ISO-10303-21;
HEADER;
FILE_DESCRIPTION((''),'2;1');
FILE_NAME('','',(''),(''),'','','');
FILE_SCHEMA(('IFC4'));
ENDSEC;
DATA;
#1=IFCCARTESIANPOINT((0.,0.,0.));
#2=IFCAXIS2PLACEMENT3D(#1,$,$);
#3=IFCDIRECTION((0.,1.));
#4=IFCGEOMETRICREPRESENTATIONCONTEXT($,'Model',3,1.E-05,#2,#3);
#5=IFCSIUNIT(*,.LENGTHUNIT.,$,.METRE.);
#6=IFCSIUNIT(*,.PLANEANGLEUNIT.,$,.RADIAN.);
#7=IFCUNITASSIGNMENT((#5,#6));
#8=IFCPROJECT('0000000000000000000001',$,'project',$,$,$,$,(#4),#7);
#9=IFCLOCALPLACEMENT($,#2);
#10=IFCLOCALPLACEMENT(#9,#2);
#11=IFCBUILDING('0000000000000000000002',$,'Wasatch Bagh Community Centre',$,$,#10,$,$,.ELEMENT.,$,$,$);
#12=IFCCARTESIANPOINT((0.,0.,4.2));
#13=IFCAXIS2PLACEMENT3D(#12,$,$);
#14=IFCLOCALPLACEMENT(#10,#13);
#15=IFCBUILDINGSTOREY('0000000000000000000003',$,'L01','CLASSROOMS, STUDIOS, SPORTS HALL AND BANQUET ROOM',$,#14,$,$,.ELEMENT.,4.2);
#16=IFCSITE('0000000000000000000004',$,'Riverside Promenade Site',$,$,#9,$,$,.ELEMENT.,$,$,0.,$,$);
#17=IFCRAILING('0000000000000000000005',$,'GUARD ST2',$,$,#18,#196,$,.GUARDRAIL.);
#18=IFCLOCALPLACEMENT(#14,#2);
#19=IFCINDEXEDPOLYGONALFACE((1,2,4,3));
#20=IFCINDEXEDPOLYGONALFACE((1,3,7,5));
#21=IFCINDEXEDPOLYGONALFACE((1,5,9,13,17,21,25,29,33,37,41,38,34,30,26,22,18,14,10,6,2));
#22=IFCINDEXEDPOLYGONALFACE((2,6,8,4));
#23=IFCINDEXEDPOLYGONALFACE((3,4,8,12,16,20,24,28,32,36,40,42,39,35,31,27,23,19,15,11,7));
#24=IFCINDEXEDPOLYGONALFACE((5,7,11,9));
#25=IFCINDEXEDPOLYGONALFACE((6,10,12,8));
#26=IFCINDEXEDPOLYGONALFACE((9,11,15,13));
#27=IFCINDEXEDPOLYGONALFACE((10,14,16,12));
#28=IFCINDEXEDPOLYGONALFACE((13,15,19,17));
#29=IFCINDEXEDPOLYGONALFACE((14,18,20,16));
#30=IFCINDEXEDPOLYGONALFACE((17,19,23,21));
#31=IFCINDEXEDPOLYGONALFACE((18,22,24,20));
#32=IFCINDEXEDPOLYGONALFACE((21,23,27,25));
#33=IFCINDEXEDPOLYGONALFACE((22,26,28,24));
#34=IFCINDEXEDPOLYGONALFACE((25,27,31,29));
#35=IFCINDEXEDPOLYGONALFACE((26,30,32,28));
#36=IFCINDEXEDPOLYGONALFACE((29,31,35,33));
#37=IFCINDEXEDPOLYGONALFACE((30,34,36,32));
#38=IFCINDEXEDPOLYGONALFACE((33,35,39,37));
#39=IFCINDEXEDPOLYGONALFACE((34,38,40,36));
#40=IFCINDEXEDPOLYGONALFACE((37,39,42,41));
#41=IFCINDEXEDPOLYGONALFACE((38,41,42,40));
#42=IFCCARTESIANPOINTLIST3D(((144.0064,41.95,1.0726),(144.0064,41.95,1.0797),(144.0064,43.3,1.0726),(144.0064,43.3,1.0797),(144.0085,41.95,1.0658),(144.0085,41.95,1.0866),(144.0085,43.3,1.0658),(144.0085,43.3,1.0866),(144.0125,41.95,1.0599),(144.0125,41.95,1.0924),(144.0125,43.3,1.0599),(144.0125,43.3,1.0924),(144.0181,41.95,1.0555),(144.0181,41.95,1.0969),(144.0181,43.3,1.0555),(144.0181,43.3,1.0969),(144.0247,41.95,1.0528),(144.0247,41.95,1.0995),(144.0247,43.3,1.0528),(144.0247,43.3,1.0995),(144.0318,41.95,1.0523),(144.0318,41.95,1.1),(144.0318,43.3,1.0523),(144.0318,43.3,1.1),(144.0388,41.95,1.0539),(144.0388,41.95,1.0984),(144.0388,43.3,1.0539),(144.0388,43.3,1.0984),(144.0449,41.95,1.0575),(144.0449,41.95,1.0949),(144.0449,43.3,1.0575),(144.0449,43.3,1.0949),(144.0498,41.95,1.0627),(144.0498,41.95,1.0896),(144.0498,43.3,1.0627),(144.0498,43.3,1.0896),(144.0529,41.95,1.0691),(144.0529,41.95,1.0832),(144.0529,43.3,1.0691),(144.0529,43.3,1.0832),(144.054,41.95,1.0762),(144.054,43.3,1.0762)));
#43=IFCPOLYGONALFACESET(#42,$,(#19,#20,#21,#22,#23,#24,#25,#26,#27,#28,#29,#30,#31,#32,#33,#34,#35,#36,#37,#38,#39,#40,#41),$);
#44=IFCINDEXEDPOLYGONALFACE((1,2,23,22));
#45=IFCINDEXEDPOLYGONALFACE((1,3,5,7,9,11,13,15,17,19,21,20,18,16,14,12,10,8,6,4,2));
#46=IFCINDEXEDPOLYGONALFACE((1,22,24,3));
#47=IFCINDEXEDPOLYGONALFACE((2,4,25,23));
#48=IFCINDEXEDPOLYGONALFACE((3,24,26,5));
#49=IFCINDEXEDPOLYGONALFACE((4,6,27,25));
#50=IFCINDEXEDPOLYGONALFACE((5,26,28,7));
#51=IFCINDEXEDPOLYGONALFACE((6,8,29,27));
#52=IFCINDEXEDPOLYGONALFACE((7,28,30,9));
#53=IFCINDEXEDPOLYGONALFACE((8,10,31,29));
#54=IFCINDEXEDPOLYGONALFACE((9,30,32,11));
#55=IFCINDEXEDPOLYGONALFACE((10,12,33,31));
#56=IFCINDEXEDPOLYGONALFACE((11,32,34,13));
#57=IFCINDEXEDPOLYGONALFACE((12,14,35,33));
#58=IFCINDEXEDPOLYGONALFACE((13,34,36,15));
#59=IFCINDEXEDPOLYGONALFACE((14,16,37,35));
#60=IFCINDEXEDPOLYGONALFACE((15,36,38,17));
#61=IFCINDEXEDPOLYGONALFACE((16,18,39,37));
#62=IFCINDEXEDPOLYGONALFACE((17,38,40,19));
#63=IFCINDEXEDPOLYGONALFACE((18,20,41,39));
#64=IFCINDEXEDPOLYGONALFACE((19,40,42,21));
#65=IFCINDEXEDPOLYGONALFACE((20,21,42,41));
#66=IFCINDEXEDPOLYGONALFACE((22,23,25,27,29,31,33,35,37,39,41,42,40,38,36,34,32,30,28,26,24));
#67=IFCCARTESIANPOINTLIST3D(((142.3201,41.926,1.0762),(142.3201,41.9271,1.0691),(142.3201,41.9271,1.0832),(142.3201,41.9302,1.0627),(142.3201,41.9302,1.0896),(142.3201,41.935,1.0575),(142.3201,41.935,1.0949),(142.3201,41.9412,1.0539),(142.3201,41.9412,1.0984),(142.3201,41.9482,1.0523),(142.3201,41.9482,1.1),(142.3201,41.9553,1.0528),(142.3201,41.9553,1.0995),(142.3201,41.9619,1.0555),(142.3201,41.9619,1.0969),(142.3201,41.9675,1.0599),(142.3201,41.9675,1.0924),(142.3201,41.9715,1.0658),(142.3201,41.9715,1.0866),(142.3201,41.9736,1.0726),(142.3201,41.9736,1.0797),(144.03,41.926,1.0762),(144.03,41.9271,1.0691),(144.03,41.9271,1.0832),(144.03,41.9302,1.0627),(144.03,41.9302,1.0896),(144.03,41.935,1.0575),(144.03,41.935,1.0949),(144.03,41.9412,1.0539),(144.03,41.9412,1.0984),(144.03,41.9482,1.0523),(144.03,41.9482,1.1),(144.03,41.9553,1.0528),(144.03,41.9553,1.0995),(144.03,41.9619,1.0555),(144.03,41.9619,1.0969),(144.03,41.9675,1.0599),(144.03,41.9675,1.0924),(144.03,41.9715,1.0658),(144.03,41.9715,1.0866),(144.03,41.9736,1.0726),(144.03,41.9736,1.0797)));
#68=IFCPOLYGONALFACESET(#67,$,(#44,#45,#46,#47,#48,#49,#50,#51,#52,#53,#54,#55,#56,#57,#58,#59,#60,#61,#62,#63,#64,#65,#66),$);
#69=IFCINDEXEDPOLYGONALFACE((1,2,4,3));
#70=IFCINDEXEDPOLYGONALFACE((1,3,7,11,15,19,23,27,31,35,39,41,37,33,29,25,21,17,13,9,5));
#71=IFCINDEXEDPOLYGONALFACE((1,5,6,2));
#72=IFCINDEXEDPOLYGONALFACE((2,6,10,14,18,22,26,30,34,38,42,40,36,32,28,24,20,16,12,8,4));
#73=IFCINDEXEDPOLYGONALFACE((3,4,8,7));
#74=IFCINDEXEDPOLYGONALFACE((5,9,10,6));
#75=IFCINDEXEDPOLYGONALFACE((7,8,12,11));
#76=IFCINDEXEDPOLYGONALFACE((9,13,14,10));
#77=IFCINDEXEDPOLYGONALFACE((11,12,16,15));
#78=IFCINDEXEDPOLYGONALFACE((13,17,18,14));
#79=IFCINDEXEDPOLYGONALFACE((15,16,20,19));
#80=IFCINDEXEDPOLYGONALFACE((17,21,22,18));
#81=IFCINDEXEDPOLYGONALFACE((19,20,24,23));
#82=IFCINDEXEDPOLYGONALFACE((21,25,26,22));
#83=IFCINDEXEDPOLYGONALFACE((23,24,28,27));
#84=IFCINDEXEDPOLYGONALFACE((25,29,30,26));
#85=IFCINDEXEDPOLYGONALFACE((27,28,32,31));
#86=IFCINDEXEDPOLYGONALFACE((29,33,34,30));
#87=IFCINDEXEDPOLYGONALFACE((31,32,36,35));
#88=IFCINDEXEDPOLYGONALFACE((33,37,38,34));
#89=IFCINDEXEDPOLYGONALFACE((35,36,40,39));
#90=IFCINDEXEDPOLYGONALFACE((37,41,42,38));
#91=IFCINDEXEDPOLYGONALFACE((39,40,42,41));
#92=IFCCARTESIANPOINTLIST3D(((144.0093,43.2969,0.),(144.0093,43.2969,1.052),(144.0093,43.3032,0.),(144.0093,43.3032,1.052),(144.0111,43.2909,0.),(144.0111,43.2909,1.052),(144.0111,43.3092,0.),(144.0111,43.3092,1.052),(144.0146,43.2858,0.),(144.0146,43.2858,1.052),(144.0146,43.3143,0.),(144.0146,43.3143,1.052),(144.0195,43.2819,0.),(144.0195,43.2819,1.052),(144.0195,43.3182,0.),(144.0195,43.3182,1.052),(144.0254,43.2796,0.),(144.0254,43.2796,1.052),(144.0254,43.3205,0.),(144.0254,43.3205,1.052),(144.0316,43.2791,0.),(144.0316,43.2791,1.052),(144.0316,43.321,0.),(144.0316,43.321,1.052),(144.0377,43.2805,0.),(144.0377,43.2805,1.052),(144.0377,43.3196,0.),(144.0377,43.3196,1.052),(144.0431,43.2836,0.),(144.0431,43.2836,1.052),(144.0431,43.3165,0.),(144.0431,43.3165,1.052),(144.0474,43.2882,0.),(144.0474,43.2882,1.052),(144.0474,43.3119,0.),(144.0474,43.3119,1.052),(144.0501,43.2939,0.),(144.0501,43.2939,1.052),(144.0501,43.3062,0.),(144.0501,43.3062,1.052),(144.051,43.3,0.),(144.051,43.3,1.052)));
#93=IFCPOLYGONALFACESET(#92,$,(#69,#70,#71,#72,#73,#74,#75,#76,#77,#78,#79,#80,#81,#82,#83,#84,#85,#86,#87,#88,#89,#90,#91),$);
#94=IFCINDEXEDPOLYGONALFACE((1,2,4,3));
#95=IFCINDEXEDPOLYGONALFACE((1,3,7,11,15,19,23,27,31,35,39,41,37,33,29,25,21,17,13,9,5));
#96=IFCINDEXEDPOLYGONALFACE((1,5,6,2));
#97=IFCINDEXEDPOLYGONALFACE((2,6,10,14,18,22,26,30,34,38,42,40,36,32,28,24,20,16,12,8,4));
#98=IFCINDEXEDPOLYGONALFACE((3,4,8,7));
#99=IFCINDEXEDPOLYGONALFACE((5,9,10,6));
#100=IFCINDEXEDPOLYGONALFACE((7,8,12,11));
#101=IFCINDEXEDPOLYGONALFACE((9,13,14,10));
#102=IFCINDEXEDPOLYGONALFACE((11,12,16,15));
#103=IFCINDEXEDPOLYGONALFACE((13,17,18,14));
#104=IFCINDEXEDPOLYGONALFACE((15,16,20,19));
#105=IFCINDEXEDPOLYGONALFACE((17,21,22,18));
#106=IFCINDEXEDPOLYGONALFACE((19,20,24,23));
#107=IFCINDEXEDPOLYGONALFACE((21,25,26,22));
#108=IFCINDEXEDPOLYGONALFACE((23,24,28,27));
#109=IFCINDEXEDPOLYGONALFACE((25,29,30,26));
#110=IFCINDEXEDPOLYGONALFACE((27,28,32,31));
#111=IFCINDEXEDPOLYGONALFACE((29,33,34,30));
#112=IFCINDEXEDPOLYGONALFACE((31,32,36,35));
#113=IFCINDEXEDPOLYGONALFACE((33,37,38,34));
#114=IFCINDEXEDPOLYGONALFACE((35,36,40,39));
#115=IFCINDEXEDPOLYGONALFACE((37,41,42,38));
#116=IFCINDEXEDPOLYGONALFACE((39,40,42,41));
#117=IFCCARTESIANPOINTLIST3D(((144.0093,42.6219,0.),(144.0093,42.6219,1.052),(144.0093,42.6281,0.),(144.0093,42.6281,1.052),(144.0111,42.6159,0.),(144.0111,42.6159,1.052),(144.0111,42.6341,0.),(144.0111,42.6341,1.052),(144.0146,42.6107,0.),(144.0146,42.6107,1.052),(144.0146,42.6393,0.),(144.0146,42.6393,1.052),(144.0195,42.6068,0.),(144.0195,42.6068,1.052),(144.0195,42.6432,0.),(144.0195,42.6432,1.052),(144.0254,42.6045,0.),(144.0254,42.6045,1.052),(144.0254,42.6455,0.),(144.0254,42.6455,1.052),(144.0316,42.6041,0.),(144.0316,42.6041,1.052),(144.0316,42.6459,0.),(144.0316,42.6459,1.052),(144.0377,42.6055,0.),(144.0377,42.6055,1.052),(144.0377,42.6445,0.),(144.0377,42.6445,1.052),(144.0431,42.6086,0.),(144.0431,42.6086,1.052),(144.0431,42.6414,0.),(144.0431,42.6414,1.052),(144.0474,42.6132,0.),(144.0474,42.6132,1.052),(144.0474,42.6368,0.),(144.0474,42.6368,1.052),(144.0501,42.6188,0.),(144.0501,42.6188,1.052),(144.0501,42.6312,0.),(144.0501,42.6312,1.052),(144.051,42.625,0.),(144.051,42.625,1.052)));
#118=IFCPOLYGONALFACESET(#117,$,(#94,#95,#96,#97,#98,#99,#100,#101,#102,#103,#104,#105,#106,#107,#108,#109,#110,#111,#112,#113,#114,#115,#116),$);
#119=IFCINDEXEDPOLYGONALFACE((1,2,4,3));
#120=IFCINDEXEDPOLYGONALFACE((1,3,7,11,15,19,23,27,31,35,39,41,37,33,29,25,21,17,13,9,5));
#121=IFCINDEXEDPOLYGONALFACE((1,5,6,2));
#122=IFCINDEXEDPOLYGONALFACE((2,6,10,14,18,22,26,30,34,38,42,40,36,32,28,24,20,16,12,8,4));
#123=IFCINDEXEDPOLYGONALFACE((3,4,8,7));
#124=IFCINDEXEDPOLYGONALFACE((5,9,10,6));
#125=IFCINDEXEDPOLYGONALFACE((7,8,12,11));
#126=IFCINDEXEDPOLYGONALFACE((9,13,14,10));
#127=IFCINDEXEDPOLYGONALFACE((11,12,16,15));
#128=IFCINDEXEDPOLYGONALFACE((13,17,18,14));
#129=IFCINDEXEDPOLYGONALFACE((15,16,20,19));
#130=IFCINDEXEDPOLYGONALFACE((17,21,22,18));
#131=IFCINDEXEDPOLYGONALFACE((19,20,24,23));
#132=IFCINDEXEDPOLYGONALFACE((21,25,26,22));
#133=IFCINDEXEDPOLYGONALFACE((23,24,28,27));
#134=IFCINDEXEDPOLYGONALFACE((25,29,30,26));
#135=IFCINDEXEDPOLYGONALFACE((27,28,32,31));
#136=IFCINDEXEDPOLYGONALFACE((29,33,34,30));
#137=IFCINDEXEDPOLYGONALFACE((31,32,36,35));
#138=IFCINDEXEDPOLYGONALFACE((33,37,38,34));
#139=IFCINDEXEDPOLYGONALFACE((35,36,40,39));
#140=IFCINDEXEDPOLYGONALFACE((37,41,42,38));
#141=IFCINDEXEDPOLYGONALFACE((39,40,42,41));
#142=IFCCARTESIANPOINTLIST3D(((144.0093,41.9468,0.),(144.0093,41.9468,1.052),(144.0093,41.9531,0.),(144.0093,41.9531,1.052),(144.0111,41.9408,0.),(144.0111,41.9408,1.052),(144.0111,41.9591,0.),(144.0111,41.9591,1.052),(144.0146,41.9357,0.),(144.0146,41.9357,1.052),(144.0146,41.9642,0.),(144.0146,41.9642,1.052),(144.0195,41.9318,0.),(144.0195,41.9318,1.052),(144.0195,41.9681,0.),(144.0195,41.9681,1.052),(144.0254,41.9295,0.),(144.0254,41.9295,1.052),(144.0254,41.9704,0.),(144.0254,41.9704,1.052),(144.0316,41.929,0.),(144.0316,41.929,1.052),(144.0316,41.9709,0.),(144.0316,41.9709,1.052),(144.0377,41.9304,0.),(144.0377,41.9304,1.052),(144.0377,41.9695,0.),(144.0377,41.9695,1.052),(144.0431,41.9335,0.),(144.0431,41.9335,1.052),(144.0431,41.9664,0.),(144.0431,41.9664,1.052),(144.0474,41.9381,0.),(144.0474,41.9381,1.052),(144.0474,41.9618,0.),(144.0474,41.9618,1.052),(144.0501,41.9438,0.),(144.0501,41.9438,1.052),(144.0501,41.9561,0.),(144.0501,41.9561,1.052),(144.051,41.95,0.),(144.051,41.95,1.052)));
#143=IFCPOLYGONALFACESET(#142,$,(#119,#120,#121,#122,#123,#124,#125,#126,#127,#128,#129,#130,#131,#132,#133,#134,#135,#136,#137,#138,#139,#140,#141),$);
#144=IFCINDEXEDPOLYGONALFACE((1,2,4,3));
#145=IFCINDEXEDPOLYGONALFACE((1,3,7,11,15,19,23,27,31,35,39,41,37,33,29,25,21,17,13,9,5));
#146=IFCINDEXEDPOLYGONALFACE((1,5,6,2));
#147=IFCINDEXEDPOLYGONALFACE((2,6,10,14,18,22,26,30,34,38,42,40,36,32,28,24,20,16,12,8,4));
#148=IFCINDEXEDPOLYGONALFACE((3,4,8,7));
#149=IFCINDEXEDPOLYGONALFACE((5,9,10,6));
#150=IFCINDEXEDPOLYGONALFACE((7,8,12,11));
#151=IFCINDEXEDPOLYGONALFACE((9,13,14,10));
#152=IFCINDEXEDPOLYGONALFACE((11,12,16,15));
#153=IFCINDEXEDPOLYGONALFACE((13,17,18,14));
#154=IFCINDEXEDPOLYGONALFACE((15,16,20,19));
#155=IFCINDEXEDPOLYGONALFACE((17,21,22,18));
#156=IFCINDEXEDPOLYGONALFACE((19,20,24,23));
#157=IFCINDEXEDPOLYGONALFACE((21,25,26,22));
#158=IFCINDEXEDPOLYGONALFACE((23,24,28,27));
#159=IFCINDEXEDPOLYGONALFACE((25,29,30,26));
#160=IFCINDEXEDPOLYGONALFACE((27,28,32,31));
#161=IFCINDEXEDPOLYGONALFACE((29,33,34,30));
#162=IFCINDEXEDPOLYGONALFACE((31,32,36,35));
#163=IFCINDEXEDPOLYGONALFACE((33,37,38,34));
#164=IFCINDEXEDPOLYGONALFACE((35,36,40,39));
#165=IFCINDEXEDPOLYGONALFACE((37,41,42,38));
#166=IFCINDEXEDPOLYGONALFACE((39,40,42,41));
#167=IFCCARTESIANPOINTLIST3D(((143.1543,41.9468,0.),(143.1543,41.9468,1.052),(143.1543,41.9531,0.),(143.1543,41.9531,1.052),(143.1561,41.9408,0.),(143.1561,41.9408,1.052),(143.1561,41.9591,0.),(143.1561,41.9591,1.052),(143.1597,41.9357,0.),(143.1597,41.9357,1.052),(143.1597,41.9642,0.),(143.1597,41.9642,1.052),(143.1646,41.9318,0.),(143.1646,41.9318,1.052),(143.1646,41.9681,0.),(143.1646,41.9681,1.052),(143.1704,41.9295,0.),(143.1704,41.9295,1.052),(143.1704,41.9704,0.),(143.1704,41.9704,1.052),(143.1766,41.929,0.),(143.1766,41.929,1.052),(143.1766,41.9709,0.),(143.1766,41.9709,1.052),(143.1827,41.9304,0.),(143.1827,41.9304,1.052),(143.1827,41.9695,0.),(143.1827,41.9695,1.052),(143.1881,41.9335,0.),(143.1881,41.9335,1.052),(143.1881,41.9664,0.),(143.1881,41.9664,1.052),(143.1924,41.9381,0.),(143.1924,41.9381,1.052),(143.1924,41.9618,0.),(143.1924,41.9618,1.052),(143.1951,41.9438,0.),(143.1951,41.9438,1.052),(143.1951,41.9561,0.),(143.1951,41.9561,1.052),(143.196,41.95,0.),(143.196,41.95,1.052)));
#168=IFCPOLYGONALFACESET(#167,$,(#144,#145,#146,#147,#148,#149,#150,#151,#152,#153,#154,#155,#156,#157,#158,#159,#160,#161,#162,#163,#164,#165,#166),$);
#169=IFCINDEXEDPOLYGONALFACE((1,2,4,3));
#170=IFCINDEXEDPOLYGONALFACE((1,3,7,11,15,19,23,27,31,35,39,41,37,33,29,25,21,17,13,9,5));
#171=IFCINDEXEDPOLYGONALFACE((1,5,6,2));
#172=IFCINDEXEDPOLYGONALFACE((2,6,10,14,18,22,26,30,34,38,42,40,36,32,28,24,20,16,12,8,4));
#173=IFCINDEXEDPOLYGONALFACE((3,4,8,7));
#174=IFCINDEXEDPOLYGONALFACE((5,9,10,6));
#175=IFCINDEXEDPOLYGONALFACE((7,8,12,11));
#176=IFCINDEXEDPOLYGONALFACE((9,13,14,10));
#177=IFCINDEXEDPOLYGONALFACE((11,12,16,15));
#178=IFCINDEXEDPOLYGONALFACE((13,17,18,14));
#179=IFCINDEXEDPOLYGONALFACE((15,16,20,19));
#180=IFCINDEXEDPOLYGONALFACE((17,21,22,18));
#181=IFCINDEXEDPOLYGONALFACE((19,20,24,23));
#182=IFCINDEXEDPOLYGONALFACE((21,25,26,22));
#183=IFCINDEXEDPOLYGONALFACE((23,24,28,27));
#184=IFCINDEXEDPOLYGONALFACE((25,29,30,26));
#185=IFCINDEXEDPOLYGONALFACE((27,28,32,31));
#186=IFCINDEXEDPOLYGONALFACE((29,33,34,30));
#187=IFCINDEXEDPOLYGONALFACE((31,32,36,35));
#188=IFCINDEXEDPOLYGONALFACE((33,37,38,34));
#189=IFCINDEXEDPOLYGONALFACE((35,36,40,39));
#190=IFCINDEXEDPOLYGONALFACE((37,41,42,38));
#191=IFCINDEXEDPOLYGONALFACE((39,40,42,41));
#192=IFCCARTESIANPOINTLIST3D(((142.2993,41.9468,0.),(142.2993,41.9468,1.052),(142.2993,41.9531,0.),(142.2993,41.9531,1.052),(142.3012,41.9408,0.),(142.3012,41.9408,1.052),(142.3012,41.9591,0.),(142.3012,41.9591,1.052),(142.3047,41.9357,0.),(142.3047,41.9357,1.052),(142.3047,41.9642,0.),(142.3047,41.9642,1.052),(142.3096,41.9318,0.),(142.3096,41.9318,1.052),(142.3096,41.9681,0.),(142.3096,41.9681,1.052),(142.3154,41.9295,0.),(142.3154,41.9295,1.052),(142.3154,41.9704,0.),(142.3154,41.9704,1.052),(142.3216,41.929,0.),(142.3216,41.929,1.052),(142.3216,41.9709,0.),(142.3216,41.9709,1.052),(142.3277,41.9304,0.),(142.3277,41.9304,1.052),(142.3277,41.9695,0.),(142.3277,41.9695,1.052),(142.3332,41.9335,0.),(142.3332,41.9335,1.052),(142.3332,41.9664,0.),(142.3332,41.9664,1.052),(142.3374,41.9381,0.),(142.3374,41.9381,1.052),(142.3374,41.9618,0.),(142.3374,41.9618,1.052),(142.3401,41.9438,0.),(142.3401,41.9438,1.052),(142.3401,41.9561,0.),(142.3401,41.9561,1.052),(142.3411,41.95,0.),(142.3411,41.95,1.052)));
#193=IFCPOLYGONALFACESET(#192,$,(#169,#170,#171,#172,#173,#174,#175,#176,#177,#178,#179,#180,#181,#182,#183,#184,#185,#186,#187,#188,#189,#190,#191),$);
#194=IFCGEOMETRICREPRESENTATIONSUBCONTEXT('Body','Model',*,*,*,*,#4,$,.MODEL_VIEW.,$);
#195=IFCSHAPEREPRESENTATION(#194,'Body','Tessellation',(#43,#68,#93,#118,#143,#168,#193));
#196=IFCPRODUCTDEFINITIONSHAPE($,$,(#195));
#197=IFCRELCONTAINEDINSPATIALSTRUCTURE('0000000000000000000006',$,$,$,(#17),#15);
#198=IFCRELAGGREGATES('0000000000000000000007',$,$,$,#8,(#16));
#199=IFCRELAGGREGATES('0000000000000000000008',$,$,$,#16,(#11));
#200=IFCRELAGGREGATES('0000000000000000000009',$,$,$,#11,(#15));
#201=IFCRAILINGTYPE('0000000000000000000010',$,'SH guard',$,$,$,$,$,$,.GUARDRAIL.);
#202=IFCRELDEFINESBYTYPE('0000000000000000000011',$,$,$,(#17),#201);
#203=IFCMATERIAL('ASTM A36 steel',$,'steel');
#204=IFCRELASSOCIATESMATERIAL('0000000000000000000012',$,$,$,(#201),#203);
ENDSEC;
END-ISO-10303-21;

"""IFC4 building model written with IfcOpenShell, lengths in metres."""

from ifc_helpers import new_model, si_unit, direction, frame, origin, origin_2d, place, context, subcontext, project, spatial, circle, extrude, material, type_object, element, save


model = new_model("IFC4")

# Units and contexts
model_context = context("Model", 3, precision=1e-05, world=origin(), true_north=direction((0.0, 1.0)))
body_context = subcontext(model_context, "Body", "Model", "MODEL_VIEW")
ifc_project = project(units=[si_unit("LENGTHUNIT", "METRE"), si_unit("PLANEANGLEUNIT", "RADIAN")], contexts=[model_context])

# Site, building, storey
site_placement = place(None, origin())
site = spatial("IfcSite", under=ifc_project, at=site_placement, Name="Riverside Promenade Site", CompositionType="ELEMENT", RefElevation=0.0)
building_placement = place(site_placement, origin())
building = spatial("IfcBuilding", under=site, at=building_placement, Name="Wasatch Bagh Community Centre", CompositionType="ELEMENT")
storey_placement = place(building_placement, frame((0.0, 0.0, 4.2)))
storey = spatial("IfcBuildingStorey", under=building, at=storey_placement, Name="L01", Description="CLASSROOMS, STUDIOS, SPORTS HALL AND BANQUET ROOM", CompositionType="ELEMENT", Elevation=4.2)

# Railing
ifc_material_1 = material(Name="ASTM A36 steel", Category="steel")
railing_type = type_object("IfcRailingType", Name="SH guard", PredefinedType="GUARDRAIL", material=ifc_material_1)
railing_placement = place(storey_placement, frame((144.03, 43.3, 0.0)))
element("IfcRailing", 1, at=railing_placement, inside=storey, type_object=railing_type, Name="GUARD ST2", PredefinedType="GUARDRAIL", context=body_context, shape_type="SweptSolid", body=[
    extrude(circle(Radius=0.0239, at=origin_2d()), frame((0.0, 0.0, 1.0762), z_axis=(0.0, -1.0, 0.0), x_axis=(1.0, 0.0, 0.0)), (0.0, 0.0, 1.0), 1.3501),
    extrude(circle(Radius=0.0239, at=origin_2d()), frame((0.0, -1.3501, 1.0762), z_axis=(-1.0, 0.0, 0.0), x_axis=(0.0, -1.0, 0.0)), (0.0, 0.0, 1.0), 1.71),
    extrude(circle(Radius=0.021, at=origin_2d()), origin(), (0.0, 0.0, 1.0), 1.052),
    extrude(circle(Radius=0.021, at=origin_2d()), frame((0.0, -0.675, 0.0)), (0.0, 0.0, 1.0), 1.052),
    extrude(circle(Radius=0.021, at=origin_2d()), frame((0.0, -1.3501, 0.0)), (0.0, 0.0, 1.0), 1.052),
    extrude(circle(Radius=0.021, at=origin_2d()), frame((-0.855, -1.3501, 0.0)), (0.0, 0.0, 1.0), 1.052),
    extrude(circle(Radius=0.021, at=origin_2d()), frame((-1.71, -1.3501, 0.0)), (0.0, 0.0, 1.0), 1.052),
])

save(model, "model.ifc")
